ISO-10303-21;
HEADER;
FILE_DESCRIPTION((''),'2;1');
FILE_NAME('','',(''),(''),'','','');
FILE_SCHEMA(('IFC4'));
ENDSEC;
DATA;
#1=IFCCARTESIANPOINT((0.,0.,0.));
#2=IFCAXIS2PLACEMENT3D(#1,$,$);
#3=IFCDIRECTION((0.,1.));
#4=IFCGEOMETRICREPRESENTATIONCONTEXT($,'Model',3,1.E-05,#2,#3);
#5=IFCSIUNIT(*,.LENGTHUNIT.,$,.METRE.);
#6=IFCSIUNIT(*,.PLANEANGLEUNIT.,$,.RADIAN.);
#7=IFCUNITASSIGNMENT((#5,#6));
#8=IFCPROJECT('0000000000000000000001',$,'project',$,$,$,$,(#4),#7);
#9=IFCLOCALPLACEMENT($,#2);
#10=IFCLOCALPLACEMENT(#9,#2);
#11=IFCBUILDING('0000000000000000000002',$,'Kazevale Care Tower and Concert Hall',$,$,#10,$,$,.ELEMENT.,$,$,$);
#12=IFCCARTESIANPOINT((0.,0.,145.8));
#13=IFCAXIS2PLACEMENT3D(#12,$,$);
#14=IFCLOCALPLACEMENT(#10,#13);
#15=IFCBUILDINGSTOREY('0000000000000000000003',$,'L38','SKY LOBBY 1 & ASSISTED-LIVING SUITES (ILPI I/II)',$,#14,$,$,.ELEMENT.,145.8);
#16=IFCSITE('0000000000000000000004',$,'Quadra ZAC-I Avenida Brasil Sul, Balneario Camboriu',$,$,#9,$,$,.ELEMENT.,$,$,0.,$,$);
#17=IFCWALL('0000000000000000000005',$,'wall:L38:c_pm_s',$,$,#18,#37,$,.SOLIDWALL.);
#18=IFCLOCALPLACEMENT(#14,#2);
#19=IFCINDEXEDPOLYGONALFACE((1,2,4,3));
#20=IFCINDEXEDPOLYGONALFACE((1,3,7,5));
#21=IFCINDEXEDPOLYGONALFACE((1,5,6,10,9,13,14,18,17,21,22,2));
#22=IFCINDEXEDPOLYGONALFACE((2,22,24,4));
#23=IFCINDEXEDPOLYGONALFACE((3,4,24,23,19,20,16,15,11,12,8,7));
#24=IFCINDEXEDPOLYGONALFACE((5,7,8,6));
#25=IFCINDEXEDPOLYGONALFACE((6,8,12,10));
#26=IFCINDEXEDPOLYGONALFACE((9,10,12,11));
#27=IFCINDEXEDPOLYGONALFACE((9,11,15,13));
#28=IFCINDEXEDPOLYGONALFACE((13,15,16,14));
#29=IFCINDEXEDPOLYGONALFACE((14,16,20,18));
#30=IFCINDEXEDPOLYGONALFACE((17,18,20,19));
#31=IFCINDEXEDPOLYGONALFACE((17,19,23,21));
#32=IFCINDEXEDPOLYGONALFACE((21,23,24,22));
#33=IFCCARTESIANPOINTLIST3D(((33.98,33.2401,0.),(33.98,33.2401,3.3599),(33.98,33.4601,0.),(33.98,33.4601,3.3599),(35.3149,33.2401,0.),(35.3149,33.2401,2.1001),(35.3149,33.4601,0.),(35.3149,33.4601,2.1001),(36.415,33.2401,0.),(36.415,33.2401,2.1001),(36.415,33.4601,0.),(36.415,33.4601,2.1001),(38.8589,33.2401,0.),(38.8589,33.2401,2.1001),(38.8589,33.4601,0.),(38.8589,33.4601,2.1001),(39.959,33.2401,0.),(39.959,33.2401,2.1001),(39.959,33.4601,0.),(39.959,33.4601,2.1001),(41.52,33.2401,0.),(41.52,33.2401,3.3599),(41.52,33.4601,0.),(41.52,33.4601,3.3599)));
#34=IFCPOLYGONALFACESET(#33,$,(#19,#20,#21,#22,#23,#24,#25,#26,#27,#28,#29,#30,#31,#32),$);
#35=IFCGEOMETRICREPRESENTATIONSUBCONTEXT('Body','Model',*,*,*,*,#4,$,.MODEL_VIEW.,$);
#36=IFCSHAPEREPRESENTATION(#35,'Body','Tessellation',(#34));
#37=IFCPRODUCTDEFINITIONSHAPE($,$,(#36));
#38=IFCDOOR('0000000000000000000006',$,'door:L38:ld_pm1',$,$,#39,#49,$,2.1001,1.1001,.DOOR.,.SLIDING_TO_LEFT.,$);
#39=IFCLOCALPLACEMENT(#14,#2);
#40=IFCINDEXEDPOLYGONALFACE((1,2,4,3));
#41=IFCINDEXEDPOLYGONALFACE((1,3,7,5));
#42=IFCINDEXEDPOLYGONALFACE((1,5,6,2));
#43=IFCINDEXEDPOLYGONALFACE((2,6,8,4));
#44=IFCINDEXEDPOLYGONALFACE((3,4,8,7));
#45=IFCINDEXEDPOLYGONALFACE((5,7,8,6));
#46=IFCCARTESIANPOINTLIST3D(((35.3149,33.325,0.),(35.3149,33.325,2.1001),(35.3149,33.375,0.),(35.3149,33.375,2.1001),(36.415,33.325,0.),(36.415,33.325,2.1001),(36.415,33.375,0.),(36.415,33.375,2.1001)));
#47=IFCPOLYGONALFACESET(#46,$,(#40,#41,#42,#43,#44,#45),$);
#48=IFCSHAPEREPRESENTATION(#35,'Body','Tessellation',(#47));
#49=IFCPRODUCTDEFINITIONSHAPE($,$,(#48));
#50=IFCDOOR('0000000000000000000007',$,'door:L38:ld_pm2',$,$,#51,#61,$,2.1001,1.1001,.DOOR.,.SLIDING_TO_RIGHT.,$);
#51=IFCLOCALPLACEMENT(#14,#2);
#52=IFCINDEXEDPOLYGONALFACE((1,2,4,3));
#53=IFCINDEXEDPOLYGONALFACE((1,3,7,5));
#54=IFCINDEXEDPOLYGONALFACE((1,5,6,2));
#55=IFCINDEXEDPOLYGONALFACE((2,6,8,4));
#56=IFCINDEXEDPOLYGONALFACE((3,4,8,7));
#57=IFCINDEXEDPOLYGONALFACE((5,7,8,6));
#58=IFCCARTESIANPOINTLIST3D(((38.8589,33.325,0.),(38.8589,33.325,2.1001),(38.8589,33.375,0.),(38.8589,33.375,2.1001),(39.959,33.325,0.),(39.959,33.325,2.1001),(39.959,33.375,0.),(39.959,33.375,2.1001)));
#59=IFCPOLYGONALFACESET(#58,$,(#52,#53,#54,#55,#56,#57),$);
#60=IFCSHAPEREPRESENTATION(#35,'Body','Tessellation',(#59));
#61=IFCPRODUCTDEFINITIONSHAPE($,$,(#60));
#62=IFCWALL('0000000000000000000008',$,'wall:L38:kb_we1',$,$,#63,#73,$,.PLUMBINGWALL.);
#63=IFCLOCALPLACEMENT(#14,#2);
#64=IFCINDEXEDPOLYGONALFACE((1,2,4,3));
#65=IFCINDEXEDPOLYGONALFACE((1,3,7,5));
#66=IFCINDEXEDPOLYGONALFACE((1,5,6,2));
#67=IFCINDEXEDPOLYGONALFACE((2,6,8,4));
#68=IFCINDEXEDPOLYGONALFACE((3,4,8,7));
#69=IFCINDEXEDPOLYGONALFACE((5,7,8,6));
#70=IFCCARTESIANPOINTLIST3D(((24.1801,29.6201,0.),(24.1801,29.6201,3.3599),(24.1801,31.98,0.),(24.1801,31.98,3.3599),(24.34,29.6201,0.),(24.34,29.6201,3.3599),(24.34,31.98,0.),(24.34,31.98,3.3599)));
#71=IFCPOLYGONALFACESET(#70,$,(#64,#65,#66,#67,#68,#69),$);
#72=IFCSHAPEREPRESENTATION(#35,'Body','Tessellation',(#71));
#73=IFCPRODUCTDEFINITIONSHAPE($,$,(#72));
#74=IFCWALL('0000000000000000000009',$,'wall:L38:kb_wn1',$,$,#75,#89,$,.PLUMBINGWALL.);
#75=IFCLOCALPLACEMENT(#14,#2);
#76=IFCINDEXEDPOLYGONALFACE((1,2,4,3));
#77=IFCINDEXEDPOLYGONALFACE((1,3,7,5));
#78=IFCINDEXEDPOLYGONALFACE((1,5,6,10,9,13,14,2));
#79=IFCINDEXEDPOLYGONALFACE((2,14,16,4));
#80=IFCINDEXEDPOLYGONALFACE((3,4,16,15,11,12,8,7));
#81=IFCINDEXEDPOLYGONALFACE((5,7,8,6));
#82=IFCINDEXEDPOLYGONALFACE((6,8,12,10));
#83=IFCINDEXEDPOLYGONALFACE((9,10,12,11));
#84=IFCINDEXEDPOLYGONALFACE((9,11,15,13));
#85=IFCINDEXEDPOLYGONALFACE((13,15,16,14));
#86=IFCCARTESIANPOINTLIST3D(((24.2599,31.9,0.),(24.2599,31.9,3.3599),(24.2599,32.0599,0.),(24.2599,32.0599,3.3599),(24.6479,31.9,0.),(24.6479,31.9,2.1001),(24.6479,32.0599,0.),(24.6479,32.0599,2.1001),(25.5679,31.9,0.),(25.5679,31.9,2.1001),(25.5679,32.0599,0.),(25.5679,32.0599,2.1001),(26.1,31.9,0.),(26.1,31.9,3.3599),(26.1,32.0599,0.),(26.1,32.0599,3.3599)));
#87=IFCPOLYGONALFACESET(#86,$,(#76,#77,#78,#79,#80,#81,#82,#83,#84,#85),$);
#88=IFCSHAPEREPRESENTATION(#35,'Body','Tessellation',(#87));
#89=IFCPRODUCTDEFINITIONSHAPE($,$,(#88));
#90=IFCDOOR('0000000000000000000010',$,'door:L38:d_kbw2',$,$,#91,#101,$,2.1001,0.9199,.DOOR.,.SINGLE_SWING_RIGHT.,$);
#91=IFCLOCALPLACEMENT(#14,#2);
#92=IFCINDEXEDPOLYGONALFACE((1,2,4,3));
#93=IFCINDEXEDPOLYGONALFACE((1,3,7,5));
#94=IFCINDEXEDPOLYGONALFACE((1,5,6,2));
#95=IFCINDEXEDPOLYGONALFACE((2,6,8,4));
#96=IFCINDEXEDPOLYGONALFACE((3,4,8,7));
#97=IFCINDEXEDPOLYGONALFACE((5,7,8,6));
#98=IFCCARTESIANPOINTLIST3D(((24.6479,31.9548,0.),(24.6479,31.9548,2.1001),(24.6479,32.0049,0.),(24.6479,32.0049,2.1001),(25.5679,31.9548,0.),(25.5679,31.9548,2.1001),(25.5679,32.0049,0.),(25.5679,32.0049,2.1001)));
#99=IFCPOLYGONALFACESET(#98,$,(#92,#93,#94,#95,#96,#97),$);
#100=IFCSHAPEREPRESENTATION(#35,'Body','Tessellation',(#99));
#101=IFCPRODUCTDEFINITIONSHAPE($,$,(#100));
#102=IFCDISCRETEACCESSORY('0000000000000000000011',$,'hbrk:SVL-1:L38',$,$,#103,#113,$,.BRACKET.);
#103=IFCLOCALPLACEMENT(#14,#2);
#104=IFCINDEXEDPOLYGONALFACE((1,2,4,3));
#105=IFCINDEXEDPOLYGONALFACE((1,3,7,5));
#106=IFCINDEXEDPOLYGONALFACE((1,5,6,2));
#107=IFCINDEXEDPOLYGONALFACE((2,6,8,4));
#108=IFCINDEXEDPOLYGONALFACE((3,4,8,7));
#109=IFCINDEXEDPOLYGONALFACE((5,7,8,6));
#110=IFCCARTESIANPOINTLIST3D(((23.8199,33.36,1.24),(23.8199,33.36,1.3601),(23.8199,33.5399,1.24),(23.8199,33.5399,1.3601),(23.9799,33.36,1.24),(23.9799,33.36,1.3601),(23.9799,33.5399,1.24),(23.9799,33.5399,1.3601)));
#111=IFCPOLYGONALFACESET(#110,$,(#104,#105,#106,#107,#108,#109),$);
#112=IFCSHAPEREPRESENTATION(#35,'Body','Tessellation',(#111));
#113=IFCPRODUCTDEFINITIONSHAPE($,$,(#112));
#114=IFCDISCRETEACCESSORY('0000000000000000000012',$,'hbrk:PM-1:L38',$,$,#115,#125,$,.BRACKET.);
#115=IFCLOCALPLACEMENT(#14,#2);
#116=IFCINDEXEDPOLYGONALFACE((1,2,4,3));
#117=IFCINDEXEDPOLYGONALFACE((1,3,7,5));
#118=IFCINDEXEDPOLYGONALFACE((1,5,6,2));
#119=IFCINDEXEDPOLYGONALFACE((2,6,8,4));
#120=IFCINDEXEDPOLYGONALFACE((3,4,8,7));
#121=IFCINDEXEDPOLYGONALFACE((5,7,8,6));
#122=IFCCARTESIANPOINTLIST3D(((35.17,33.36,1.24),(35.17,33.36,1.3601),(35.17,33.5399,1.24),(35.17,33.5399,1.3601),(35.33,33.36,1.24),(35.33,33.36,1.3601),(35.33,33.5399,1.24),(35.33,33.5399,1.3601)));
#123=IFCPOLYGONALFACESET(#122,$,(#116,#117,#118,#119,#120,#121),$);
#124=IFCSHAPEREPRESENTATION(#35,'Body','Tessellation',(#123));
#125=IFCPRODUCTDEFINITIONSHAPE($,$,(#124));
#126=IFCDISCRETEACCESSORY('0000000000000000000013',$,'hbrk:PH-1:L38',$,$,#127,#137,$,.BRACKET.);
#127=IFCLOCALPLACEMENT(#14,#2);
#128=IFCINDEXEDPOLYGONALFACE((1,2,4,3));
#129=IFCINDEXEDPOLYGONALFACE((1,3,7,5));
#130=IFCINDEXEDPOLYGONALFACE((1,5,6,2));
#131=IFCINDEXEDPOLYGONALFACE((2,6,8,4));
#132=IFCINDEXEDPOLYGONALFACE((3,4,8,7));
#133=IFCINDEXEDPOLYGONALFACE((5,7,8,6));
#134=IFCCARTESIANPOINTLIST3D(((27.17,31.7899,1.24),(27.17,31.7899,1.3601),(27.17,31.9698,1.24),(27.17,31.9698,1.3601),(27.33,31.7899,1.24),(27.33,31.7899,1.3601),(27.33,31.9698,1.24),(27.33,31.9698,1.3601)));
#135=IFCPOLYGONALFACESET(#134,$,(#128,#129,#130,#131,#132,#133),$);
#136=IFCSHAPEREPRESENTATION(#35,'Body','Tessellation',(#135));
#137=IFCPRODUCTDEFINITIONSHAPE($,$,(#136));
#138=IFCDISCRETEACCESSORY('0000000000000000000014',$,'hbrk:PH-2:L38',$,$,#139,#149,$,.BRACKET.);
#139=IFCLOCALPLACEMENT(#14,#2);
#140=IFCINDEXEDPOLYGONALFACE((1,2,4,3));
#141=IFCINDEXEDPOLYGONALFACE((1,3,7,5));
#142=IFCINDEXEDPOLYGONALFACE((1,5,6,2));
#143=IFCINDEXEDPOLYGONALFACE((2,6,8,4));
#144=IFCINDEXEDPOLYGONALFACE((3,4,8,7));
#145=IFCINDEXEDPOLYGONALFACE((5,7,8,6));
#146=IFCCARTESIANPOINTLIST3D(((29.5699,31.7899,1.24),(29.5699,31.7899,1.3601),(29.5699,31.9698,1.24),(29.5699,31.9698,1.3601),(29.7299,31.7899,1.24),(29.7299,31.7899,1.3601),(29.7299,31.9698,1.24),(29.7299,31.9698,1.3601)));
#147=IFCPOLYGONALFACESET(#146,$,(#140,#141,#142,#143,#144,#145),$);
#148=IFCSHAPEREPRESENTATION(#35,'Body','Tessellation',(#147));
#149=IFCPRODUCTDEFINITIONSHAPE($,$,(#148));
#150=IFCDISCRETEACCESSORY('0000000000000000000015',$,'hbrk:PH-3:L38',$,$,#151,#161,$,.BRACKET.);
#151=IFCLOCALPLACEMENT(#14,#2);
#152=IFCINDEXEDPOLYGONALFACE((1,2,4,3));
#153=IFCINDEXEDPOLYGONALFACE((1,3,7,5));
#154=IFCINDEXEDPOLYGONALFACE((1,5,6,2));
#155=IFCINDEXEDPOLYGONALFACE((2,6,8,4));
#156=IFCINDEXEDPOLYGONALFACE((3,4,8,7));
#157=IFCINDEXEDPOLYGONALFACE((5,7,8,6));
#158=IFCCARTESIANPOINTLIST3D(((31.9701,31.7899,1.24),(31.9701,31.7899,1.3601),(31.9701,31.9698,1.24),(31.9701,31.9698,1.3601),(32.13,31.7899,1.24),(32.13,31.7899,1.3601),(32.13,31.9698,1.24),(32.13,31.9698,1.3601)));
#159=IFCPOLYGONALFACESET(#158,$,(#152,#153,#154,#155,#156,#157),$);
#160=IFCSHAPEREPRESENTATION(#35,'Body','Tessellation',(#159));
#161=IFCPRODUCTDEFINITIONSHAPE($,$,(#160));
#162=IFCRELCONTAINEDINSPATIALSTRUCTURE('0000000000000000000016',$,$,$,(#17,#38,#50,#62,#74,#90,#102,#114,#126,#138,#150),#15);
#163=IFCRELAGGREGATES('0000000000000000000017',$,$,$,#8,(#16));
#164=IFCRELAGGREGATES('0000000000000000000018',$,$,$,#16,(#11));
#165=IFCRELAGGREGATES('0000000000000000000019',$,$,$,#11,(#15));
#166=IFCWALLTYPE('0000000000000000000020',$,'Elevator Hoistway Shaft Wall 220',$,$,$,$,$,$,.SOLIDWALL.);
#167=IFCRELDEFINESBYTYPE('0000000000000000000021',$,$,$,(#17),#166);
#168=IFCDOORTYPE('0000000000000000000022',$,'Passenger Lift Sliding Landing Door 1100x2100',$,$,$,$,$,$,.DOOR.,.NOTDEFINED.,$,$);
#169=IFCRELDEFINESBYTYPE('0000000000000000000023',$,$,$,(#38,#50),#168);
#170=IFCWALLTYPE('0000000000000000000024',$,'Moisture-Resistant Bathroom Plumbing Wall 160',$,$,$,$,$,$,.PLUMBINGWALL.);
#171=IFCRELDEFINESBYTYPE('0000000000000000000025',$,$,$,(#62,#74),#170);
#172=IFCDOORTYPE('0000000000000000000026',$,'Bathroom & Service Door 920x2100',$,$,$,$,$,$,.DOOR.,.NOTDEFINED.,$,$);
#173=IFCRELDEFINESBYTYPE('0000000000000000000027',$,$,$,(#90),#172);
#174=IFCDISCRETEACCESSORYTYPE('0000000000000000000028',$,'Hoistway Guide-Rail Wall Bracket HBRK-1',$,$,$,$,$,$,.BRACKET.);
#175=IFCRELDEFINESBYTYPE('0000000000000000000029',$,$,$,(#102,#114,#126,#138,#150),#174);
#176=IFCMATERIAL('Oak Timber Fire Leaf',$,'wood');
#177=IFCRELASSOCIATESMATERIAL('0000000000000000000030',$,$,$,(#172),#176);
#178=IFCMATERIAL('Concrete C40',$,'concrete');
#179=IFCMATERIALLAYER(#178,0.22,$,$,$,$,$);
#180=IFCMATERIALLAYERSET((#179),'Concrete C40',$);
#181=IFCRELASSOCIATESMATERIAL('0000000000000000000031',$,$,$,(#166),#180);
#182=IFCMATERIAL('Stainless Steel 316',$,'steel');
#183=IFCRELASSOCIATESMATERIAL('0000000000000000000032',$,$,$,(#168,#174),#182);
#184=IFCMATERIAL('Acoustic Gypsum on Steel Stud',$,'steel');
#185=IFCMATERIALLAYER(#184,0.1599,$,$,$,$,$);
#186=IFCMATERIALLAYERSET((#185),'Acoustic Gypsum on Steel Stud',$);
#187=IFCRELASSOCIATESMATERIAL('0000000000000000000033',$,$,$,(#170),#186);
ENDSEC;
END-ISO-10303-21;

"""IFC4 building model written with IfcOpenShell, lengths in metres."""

from ifc_helpers import new_model, si_unit, direction, frame, frame_2d, origin, origin_2d, place, context, subcontext, project, spatial, rectangle, extrude, material, layer, layer_set, type_object, element, fill, save


model = new_model("IFC4")

# Units and contexts
model_context = context("Model", 3, precision=1e-05, world=origin(), true_north=direction((0.0, 1.0)))
body_context = subcontext(model_context, "Body", "Model", "MODEL_VIEW")
ifc_project = project(units=[si_unit("LENGTHUNIT", "METRE"), si_unit("PLANEANGLEUNIT", "RADIAN")], contexts=[model_context])

# Site, building, storey
site_placement = place(None, origin())
site = spatial("IfcSite", under=ifc_project, at=site_placement, Name="Quadra ZAC-I Avenida Brasil Sul, Balneario Camboriu", CompositionType="ELEMENT", RefElevation=0.0)
building_placement = place(site_placement, origin())
building = spatial("IfcBuilding", under=site, at=building_placement, Name="Kazevale Care Tower and Concert Hall", CompositionType="ELEMENT")
storey_placement = place(building_placement, frame((0.0, 0.0, 145.8)))
storey = spatial("IfcBuildingStorey", under=building, at=storey_placement, Name="L38", Description="SKY LOBBY 1 & ASSISTED-LIVING SUITES (ILPI I/II)", CompositionType="ELEMENT", Elevation=145.8)

# Shared definitions
ifc_material_1 = material(Name="Acoustic Gypsum on Steel Stud", Category="steel")
ifc_material_2 = material(Name="Oak Timber Fire Leaf", Category="wood")
door_type_1 = type_object("IfcDoorType", Name="Bathroom & Service Door 920x2100", OperationType="NOTDEFINED", PredefinedType="DOOR", material=ifc_material_2)

# Shared definitions
ifc_material_3 = material(Name="Concrete C40", Category="concrete")
ifc_layer_1 = layer(ifc_material_3, 0.22)
ifc_layer_set_1 = layer_set([ifc_layer_1], Name="Concrete C40")
wall_type_1 = type_object("IfcWallType", Name="Elevator Hoistway Shaft Wall 220", PredefinedType="SOLIDWALL", material=ifc_layer_set_1)

# Wall, openings, doors
wall_1_placement = place(storey_placement, frame((33.98, 33.3501, 0.0), z_axis=(0.0, 0.0, 1.0), x_axis=(1.0, 0.0, 0.0)))
wall_1 = element("IfcWall", 1, at=wall_1_placement, inside=storey, type_object=wall_type_1, Name="wall:L38:c_pm_s", PredefinedType="SOLIDWALL", context=body_context, shape_type="SweptSolid", body=[
    extrude(rectangle(XDim=7.54, YDim=0.22, at=frame_2d((3.77, 0.0))), origin(), (0.0, 0.0, 1.0), 3.3599),
])
opening_1_placement = place(wall_1_placement, frame((1.335, 0.0, 0.0)))
opening_1 = element("IfcOpeningElement", 2, at=opening_1_placement, cuts=wall_1, PredefinedType="OPENING", context=body_context, shape_type="SweptSolid", body=[
    extrude(rectangle(XDim=1.1001, YDim=2.1001, at=frame_2d((0.55, 1.05))), frame((0.0, 0.1199, 0.0), z_axis=(0.0, -1.0, 0.0), x_axis=(1.0, 0.0, 0.0)), (0.0, 0.0, 1.0), 0.24),
])
opening_2_placement = place(wall_1_placement, frame((4.8789, 0.0, 0.0)))
opening_2 = element("IfcOpeningElement", 3, at=opening_2_placement, cuts=wall_1, PredefinedType="OPENING", context=body_context, shape_type="SweptSolid", body=[
    extrude(rectangle(XDim=1.1001, YDim=2.1001, at=frame_2d((0.55, 1.05))), frame((0.0, 0.1199, 0.0), z_axis=(0.0, -1.0, 0.0), x_axis=(1.0, 0.0, 0.0)), (0.0, 0.0, 1.0), 0.24),
])
ifc_material_4 = material(Name="Stainless Steel 316", Category="steel")
door_type_2 = type_object("IfcDoorType", Name="Passenger Lift Sliding Landing Door 1100x2100", OperationType="NOTDEFINED", PredefinedType="DOOR", material=ifc_material_4)
door_1_placement = place(opening_1_placement, origin())
door_1 = element("IfcDoor", 4, at=door_1_placement, inside=storey, type_object=door_type_2, Name="door:L38:ld_pm1", OperationType="SLIDING_TO_LEFT", OverallHeight=2.1001, OverallWidth=1.1001, PredefinedType="DOOR", context=body_context, shape_type="SweptSolid", body=[
    extrude(rectangle(XDim=1.1001, YDim=2.1001, at=frame_2d((0.55, 1.05))), frame((0.0, 0.0249, 0.0), z_axis=(0.0, -1.0, 0.0), x_axis=(1.0, 0.0, 0.0)), (0.0, 0.0, 1.0), 0.05),
])
fill(opening_1, door_1)
door_2_placement = place(opening_2_placement, origin())
door_2 = element("IfcDoor", 5, at=door_2_placement, inside=storey, type_object=door_type_2, Name="door:L38:ld_pm2", OperationType="SLIDING_TO_RIGHT", OverallHeight=2.1001, OverallWidth=1.1001, PredefinedType="DOOR", context=body_context, shape_type="SweptSolid", body=[
    extrude(rectangle(XDim=1.1001, YDim=2.1001, at=frame_2d((0.55, 1.05))), frame((0.0, 0.0249, 0.0), z_axis=(0.0, -1.0, 0.0), x_axis=(1.0, 0.0, 0.0)), (0.0, 0.0, 1.0), 0.05),
])
fill(opening_2, door_2)

# Wall
ifc_layer_2 = layer(ifc_material_1, 0.1599)
ifc_layer_set_2 = layer_set([ifc_layer_2], Name="Acoustic Gypsum on Steel Stud")
wall_type_2 = type_object("IfcWallType", Name="Moisture-Resistant Bathroom Plumbing Wall 160", PredefinedType="PLUMBINGWALL", material=ifc_layer_set_2)
wall_2_placement = place(storey_placement, frame((24.26, 29.6201, 0.0), z_axis=(0.0, 0.0, 1.0), x_axis=(0.0, 1.0, 0.0)))
element("IfcWall", 6, at=wall_2_placement, inside=storey, type_object=wall_type_2, Name="wall:L38:kb_we1", PredefinedType="PLUMBINGWALL", context=body_context, shape_type="SweptSolid", body=[
    extrude(rectangle(XDim=2.3599, YDim=0.1599, at=frame_2d((1.1799, 0.0))), origin(), (0.0, 0.0, 1.0), 3.3599),
])

# Wall, opening, door
wall_3_placement = place(storey_placement, frame((24.26, 31.98, 0.0), z_axis=(0.0, 0.0, 1.0), x_axis=(1.0, 0.0, 0.0)))
wall_3 = element("IfcWall", 7, at=wall_3_placement, inside=storey, type_object=wall_type_2, Name="wall:L38:kb_wn1", PredefinedType="PLUMBINGWALL", context=body_context, shape_type="SweptSolid", body=[
    extrude(rectangle(XDim=1.8401, YDim=0.1599, at=frame_2d((0.9199, 0.0))), origin(), (0.0, 0.0, 1.0), 3.3599),
])
opening_3_placement = place(wall_3_placement, frame((0.3879, 0.0, 0.0)))
opening_3 = element("IfcOpeningElement", 8, at=opening_3_placement, cuts=wall_3, PredefinedType="OPENING", context=body_context, shape_type="SweptSolid", body=[
    extrude(rectangle(XDim=0.9199, YDim=2.1001, at=frame_2d((0.46, 1.05))), frame((0.0, 0.0898, 0.0), z_axis=(0.0, -1.0, 0.0), x_axis=(1.0, 0.0, 0.0)), (0.0, 0.0, 1.0), 0.1799),
])
door_3_placement = place(opening_3_placement, origin())
door_3 = element("IfcDoor", 9, at=door_3_placement, inside=storey, type_object=door_type_1, Name="door:L38:d_kbw2", OperationType="SINGLE_SWING_RIGHT", OverallHeight=2.1001, OverallWidth=0.9199, PredefinedType="DOOR", context=body_context, shape_type="SweptSolid", body=[
    extrude(rectangle(XDim=0.9199, YDim=2.1001, at=frame_2d((0.46, 1.05))), frame((0.0, 0.0249, 0.0), z_axis=(0.0, -1.0, 0.0), x_axis=(1.0, 0.0, 0.0)), (0.0, 0.0, 1.0), 0.05),
])
fill(opening_3, door_3)

# Discrete accessories
discrete_accessory_type = type_object("IfcDiscreteAccessoryType", Name="Hoistway Guide-Rail Wall Bracket HBRK-1", PredefinedType="BRACKET", material=ifc_material_4)
for number, where, z_axis, x_axis, name in (
    (10, (23.8999, 33.45, 1.24), (0.0, 0.0, 1.0), (1.0, 0.0, 0.0), "hbrk:SVL-1:L38"),
    (11, (35.25, 33.45, 1.24), (0.0, 0.0, 1.0), (1.0, 0.0, 0.0), "hbrk:PM-1:L38"),
    (12, (27.25, 31.8799, 1.24), (0.0, 0.0, 1.0), (1.0, 0.0, 0.0), "hbrk:PH-1:L38"),
    (13, (29.6499, 31.8799, 1.24), (0.0, 0.0, 1.0), (1.0, 0.0, 0.0), "hbrk:PH-2:L38"),
    (14, (32.05, 31.8799, 1.24), (0.0, 0.0, 1.0), (1.0, 0.0, 0.0), "hbrk:PH-3:L38"),
):
    element("IfcDiscreteAccessory", number, at=place(storey_placement, frame(where, z_axis=z_axis, x_axis=x_axis)), inside=storey, type_object=discrete_accessory_type, Name=name, PredefinedType="BRACKET", context=body_context, shape_type="SweptSolid", body=[
        extrude(rectangle(XDim=0.1599, YDim=0.1799, at=origin_2d()), origin(), (0.0, 0.0, 1.0), 0.1201),
    ])

save(model, "model.ifc")
